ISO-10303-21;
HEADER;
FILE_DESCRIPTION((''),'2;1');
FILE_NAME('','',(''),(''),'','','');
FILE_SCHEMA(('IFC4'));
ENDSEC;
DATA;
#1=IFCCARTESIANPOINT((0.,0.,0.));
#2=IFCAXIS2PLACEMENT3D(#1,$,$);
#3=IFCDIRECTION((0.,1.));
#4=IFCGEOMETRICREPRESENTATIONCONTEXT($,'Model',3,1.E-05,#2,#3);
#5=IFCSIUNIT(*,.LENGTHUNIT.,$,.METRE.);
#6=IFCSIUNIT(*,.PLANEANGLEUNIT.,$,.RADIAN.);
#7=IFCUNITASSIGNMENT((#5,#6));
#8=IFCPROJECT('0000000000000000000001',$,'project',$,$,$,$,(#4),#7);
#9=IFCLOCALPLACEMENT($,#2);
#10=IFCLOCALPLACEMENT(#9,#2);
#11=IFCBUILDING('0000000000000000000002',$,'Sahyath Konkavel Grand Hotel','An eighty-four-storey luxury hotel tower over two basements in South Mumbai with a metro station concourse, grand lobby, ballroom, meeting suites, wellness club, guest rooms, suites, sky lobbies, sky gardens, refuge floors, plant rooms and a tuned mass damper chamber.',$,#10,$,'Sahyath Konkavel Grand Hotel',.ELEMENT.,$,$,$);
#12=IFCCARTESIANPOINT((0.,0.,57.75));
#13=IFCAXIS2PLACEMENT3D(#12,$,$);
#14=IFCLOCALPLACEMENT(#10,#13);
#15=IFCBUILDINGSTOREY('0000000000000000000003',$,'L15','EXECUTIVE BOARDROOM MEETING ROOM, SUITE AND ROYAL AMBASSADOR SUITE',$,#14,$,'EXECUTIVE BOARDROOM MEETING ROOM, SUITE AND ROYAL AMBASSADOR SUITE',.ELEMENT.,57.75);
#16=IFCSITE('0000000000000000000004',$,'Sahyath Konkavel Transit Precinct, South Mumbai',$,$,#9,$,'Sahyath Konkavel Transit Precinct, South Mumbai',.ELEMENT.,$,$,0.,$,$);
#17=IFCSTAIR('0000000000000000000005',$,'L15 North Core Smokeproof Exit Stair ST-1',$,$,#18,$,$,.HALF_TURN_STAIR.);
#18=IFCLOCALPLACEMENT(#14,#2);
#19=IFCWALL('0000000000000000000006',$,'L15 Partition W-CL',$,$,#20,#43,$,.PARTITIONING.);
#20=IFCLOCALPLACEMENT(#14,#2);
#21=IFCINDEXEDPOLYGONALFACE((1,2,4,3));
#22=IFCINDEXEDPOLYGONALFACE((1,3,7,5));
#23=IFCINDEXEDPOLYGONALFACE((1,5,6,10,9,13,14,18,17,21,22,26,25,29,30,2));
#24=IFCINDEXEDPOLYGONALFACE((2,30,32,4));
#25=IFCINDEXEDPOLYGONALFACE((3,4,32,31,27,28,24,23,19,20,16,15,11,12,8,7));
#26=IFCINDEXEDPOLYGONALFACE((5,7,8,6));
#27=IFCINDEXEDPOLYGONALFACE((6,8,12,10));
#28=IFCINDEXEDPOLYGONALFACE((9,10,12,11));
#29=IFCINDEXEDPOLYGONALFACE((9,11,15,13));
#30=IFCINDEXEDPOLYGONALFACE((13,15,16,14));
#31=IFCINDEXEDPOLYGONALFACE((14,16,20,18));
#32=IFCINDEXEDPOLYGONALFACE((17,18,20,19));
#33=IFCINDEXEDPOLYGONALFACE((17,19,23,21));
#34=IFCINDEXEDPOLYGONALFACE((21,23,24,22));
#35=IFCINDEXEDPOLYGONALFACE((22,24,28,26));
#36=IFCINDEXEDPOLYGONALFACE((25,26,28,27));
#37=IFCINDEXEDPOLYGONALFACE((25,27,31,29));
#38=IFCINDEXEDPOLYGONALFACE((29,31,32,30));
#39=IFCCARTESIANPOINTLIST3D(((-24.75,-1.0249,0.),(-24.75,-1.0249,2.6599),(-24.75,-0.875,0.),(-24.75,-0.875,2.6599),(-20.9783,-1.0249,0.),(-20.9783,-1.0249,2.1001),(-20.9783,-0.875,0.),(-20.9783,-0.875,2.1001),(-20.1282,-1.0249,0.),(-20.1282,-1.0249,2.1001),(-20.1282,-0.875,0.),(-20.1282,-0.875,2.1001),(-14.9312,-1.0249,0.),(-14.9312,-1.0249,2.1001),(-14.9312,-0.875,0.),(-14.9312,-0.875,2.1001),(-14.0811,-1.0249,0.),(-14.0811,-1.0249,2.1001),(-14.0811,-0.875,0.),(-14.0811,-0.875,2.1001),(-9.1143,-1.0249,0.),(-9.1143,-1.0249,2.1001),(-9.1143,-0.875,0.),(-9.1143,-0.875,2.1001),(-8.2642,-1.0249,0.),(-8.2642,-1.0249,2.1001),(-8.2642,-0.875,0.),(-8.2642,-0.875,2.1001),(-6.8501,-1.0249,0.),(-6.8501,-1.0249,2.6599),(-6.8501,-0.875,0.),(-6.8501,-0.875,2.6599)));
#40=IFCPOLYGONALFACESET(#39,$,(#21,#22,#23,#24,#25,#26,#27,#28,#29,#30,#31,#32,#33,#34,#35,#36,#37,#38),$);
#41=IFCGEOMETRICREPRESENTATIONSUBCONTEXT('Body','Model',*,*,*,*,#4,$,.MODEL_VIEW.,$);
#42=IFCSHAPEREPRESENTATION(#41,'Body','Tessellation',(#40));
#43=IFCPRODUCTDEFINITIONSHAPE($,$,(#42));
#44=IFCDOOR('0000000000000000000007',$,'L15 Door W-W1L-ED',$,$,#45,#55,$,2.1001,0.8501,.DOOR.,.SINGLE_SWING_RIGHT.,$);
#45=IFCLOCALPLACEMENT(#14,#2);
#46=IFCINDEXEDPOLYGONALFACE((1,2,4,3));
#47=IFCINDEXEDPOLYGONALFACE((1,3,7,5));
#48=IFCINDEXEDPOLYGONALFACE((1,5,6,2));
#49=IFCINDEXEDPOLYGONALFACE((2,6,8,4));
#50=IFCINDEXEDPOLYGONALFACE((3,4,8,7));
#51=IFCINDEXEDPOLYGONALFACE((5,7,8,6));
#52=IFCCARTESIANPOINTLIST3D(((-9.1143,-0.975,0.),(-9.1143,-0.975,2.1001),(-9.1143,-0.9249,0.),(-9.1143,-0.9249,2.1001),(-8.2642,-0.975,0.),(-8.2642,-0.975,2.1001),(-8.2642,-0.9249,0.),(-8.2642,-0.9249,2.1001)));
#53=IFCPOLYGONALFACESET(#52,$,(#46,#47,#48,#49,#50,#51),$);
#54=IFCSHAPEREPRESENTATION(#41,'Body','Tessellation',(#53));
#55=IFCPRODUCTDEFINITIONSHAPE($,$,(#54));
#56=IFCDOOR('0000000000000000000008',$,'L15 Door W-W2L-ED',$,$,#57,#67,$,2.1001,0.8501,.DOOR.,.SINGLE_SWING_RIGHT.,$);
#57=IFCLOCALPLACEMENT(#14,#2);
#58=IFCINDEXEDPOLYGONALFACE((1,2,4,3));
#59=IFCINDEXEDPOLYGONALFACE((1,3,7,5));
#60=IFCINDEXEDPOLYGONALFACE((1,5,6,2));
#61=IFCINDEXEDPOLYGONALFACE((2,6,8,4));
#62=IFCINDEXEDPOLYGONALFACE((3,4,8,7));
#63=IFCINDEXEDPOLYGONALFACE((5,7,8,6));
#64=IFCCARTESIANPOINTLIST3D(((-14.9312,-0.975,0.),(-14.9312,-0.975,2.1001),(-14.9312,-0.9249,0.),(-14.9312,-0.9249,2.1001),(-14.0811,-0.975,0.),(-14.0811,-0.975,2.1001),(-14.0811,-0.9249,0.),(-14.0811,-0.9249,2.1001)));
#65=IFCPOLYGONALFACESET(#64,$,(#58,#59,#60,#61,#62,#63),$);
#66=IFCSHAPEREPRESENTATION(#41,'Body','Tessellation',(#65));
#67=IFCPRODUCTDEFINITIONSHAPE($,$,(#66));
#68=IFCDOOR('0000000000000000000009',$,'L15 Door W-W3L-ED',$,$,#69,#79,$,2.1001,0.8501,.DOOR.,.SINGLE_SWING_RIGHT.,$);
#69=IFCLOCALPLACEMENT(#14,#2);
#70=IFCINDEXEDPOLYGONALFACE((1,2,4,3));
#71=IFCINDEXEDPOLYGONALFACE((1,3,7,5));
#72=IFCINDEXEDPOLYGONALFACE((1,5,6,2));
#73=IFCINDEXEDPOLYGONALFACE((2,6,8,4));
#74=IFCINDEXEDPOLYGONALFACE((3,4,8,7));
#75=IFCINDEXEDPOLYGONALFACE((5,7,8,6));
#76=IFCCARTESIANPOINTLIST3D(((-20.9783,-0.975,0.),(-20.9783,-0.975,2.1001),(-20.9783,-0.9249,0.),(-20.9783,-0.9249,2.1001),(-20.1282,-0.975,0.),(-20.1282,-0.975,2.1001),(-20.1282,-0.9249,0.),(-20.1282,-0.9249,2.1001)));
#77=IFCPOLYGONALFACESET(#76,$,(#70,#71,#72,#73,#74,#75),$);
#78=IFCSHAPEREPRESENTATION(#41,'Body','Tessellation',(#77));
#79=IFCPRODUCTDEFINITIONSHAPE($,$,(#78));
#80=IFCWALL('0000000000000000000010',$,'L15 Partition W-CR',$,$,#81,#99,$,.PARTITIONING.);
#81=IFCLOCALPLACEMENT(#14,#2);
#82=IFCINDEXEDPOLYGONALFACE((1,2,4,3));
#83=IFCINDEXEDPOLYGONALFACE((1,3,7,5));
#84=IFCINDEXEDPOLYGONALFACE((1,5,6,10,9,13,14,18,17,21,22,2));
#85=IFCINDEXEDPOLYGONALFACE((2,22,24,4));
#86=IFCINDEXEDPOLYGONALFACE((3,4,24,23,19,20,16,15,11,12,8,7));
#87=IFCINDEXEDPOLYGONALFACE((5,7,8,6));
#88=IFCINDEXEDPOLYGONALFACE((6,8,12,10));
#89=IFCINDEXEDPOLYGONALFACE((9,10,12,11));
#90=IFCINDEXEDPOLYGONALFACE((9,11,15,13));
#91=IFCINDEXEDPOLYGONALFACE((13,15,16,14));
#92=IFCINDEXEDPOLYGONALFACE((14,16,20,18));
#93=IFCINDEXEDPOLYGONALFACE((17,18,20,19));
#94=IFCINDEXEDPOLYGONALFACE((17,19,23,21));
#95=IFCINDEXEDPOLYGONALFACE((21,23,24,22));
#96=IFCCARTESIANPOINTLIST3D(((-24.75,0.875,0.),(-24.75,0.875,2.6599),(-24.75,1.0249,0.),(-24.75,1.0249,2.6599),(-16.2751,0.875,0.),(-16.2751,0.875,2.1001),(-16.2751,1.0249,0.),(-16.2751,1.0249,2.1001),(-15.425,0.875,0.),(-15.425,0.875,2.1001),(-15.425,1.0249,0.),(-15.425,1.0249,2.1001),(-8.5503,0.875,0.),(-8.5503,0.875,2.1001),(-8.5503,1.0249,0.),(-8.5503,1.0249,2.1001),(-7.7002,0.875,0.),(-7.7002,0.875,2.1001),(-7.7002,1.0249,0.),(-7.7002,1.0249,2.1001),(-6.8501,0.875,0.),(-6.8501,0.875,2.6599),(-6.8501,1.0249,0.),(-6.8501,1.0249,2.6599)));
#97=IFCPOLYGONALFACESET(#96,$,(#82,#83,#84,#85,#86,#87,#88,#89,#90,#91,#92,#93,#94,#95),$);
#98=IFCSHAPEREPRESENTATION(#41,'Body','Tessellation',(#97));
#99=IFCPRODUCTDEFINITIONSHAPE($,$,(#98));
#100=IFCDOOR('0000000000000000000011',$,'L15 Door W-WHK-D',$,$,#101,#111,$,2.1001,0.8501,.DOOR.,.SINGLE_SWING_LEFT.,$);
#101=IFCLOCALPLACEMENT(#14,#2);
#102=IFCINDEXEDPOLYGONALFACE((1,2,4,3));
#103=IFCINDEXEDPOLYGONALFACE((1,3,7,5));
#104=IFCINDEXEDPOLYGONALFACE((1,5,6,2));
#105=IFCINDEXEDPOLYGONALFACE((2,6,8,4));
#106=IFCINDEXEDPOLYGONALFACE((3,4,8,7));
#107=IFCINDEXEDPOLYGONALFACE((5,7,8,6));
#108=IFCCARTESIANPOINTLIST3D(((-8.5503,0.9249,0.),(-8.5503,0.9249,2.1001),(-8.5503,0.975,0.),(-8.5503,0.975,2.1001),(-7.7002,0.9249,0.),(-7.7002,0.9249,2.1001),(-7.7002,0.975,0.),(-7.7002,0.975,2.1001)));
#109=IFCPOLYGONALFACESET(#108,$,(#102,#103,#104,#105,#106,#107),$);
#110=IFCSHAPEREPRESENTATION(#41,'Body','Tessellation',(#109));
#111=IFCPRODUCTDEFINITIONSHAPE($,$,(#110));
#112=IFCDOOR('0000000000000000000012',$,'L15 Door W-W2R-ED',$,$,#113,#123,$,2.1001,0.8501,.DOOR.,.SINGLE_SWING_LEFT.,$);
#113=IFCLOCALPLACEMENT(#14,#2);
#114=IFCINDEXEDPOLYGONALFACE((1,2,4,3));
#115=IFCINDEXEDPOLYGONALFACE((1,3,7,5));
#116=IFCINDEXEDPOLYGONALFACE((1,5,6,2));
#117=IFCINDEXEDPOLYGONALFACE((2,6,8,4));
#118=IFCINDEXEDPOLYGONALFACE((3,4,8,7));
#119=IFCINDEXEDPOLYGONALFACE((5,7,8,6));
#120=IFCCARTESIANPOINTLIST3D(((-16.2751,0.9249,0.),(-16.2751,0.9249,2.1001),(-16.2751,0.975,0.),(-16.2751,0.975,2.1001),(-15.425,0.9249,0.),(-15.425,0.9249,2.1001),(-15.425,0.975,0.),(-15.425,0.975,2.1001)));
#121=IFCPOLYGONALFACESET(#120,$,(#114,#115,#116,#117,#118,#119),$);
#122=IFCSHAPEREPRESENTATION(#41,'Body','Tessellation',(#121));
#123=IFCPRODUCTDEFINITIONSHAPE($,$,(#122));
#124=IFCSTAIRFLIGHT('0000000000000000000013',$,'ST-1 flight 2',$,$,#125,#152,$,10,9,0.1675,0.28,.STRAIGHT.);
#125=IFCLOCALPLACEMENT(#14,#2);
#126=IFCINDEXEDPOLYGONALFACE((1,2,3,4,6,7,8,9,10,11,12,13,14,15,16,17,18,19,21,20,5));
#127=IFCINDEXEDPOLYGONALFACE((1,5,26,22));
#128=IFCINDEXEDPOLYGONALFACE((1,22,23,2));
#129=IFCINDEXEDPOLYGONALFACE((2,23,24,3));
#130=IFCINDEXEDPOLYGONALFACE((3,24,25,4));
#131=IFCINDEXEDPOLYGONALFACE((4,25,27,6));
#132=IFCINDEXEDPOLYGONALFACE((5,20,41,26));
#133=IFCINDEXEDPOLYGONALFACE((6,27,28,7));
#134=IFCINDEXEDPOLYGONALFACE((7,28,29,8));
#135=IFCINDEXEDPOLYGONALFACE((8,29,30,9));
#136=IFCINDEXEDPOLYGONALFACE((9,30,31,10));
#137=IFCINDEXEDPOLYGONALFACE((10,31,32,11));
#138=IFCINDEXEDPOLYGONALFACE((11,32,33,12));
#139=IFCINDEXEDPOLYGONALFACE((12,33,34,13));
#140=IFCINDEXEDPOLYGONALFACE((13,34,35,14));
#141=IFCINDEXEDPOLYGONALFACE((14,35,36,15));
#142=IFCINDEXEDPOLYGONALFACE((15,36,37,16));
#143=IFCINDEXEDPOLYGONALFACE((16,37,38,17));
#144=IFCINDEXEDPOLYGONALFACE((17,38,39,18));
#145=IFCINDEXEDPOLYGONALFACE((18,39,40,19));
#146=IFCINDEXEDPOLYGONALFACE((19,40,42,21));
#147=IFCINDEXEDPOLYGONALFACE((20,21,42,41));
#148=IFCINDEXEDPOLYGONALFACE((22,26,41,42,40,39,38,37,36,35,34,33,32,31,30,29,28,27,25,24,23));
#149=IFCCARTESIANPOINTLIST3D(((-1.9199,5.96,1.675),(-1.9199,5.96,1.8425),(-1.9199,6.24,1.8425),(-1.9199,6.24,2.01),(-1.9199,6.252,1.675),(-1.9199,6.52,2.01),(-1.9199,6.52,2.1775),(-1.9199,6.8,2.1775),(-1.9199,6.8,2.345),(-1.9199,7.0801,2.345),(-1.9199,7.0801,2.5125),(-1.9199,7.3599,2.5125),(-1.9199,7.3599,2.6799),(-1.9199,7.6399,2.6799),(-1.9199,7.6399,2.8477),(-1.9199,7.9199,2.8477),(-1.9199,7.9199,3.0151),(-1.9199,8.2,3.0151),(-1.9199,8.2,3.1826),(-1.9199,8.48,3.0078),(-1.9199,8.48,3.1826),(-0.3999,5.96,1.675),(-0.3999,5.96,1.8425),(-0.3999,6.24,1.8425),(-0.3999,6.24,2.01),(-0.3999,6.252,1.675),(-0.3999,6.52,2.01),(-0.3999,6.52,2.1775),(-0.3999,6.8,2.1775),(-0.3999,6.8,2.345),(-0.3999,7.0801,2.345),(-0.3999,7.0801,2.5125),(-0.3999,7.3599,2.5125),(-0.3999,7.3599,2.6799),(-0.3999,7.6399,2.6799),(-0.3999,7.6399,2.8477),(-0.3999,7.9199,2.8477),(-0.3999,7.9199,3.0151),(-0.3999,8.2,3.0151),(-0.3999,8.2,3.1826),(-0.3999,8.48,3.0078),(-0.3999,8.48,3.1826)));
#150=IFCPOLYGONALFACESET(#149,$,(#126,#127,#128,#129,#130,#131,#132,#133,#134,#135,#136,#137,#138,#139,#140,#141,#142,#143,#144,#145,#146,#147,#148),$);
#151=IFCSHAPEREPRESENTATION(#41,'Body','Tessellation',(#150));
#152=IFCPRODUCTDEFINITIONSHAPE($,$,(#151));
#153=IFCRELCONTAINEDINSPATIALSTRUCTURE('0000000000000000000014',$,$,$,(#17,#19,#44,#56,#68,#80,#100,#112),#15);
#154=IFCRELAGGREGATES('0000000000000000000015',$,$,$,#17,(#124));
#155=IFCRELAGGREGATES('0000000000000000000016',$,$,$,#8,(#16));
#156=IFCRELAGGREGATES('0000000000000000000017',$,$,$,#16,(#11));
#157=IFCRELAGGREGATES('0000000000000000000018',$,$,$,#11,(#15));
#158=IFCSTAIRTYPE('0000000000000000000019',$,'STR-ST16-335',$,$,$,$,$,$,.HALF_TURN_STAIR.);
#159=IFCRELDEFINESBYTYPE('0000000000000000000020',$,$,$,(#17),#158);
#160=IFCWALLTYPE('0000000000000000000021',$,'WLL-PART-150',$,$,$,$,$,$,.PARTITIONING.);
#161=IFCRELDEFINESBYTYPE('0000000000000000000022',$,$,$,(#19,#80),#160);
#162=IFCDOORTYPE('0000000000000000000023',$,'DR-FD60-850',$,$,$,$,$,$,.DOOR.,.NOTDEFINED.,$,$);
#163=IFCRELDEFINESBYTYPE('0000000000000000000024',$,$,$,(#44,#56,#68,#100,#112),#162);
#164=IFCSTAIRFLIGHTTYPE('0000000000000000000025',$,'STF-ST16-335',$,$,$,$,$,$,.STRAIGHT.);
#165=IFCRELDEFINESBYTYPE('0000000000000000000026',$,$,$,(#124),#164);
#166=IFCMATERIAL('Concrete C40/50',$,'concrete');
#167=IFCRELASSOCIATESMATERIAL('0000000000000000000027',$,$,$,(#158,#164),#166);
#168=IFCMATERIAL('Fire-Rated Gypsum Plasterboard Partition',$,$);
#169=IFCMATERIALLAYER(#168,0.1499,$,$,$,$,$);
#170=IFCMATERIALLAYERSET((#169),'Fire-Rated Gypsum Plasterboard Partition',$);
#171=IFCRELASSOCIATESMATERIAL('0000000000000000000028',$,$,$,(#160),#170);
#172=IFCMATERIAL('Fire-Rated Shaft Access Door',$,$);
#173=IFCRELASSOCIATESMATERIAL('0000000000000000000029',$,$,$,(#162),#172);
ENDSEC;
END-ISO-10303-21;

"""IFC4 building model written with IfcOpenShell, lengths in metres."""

from ifc_helpers import new_model, si_unit, direction, frame, frame_2d, origin, origin_2d, place, context, subcontext, project, spatial, polyline, rectangle, outline, extrude, source, transform, mapped, material, layer, layer_set, type_object, element, fill, aggregate, save


model = new_model("IFC4")

# Units and contexts
model_context = context("Model", 3, precision=1e-05, world=origin(), true_north=direction((0.0, 1.0)))
body_context = subcontext(model_context, "Body", "Model", "MODEL_VIEW")
ifc_project = project(units=[si_unit("LENGTHUNIT", "METRE"), si_unit("PLANEANGLEUNIT", "RADIAN")], contexts=[model_context])

# Site, building, storey
site_placement = place(None, origin())
site = spatial("IfcSite", under=ifc_project, at=site_placement, Name="Sahyath Konkavel Transit Precinct, South Mumbai", LongName="Sahyath Konkavel Transit Precinct, South Mumbai", CompositionType="ELEMENT", RefElevation=0.0)
building_placement = place(site_placement, origin())
building = spatial("IfcBuilding", under=site, at=building_placement, Name="Sahyath Konkavel Grand Hotel", Description="An eighty-four-storey luxury hotel tower over two basements in South Mumbai with a metro station concourse, grand lobby, ballroom, meeting suites, wellness club, guest rooms, suites, sky lobbies, sky gardens, refuge floors, plant rooms and a tuned mass damper chamber.", LongName="Sahyath Konkavel Grand Hotel", CompositionType="ELEMENT")
storey_placement = place(building_placement, frame((0.0, 0.0, 57.75)))
storey = spatial("IfcBuildingStorey", under=building, at=storey_placement, Name="L15", Description="EXECUTIVE BOARDROOM MEETING ROOM, SUITE AND ROYAL AMBASSADOR SUITE", LongName="EXECUTIVE BOARDROOM MEETING ROOM, SUITE AND ROYAL AMBASSADOR SUITE", CompositionType="ELEMENT", Elevation=57.75)

# Shared definitions
ifc_material_1 = material(Name="Concrete C40/50", Category="concrete")

# Stair
stair_type = type_object("IfcStairType", Name="STR-ST16-335", PredefinedType="HALF_TURN_STAIR", material=ifc_material_1)
stair_1_placement = place(storey_placement, origin())
stair_1 = element("IfcStair", 1, at=stair_1_placement, inside=storey, type_object=stair_type, Name="L15 North Core Smokeproof Exit Stair ST-1", PredefinedType="HALF_TURN_STAIR")

# Shared definitions
ifc_material_2 = material(Name="Fire-Rated Gypsum Plasterboard Partition")
ifc_layer_1 = layer(ifc_material_2, 0.1499)
ifc_layer_set_1 = layer_set([ifc_layer_1], Name="Fire-Rated Gypsum Plasterboard Partition")
wall_type_1 = type_object("IfcWallType", Name="WLL-PART-150", PredefinedType="PARTITIONING", material=ifc_layer_set_1)
ifc_material_3 = material(Name="Fire-Rated Shaft Access Door")
door_type = type_object("IfcDoorType", Name="DR-FD60-850", OperationType="NOTDEFINED", PredefinedType="DOOR", material=ifc_material_3)
shared_shape_1 = source(origin(), body_context, "Body", "SweptSolid", [
    extrude(rectangle(XDim=0.8501, YDim=0.05, at=origin_2d()), origin(), (0.0, 0.0, 1.0), 2.1001),
])

# Walls, openings, doors
wall_1_placement = place(storey_placement, frame((-6.8501, -0.95, 0.0), z_axis=(0.0, 0.0, 1.0), x_axis=(-1.0, 0.0, 0.0)))
wall_1 = element("IfcWall", 2, at=wall_1_placement, inside=storey, type_object=wall_type_1, Name="L15 Partition W-CL", PredefinedType="PARTITIONING", context=body_context, shape_type="SweptSolid", body=[
    extrude(rectangle(XDim=17.8999, YDim=0.1499, at=frame_2d((8.95, 0.0))), origin(), (0.0, 0.0, 1.0), 2.6599),
])
opening_1_placement = place(wall_1_placement, frame((1.4141, 0.0, 0.0)))
opening_1 = element("IfcOpeningElement", 3, at=opening_1_placement, cuts=wall_1, PredefinedType="OPENING", context=body_context, shape_type="SweptSolid", body=[
    extrude(rectangle(XDim=0.8501, YDim=2.1001, at=frame_2d((0.425, 1.05))), frame((0.0, 0.085, 0.0), z_axis=(0.0, -1.0, 0.0), x_axis=(1.0, 0.0, 0.0)), (0.0, 0.0, 1.0), 0.1699),
])
opening_2_placement = place(wall_1_placement, frame((7.231, 0.0, 0.0)))
opening_2 = element("IfcOpeningElement", 4, at=opening_2_placement, cuts=wall_1, PredefinedType="OPENING", context=body_context, shape_type="SweptSolid", body=[
    extrude(rectangle(XDim=0.8501, YDim=2.1001, at=frame_2d((0.425, 1.05))), frame((0.0, 0.085, 0.0), z_axis=(0.0, -1.0, 0.0), x_axis=(1.0, 0.0, 0.0)), (0.0, 0.0, 1.0), 0.1699),
])
opening_3_placement = place(wall_1_placement, frame((13.2781, 0.0, 0.0)))
opening_3 = element("IfcOpeningElement", 5, at=opening_3_placement, cuts=wall_1, PredefinedType="OPENING", context=body_context, shape_type="SweptSolid", body=[
    extrude(rectangle(XDim=0.8501, YDim=2.1001, at=frame_2d((0.425, 1.05))), frame((0.0, 0.085, 0.0), z_axis=(0.0, -1.0, 0.0), x_axis=(1.0, 0.0, 0.0)), (0.0, 0.0, 1.0), 0.1699),
])
door_1_placement = place(opening_1_placement, frame((0.425, 0.0, 0.0)))
door_1 = element("IfcDoor", 6, at=door_1_placement, inside=storey, type_object=door_type, Name="L15 Door W-W1L-ED", OperationType="SINGLE_SWING_RIGHT", OverallHeight=2.1001, OverallWidth=0.8501, PredefinedType="DOOR", context=body_context, shape_type="MappedRepresentation", body=[
    mapped(shared_shape_1, transform((0.0, 0.0, 0.0), scale=1.0)),
])
fill(opening_1, door_1)
door_2_placement = place(opening_2_placement, frame((0.425, 0.0, 0.0)))
door_2 = element("IfcDoor", 7, at=door_2_placement, inside=storey, type_object=door_type, Name="L15 Door W-W2L-ED", OperationType="SINGLE_SWING_RIGHT", OverallHeight=2.1001, OverallWidth=0.8501, PredefinedType="DOOR", context=body_context, shape_type="MappedRepresentation", body=[
    mapped(shared_shape_1, transform((0.0, 0.0, 0.0), scale=1.0)),
])
fill(opening_2, door_2)
door_3_placement = place(opening_3_placement, frame((0.425, 0.0, 0.0)))
door_3 = element("IfcDoor", 8, at=door_3_placement, inside=storey, type_object=door_type, Name="L15 Door W-W3L-ED", OperationType="SINGLE_SWING_RIGHT", OverallHeight=2.1001, OverallWidth=0.8501, PredefinedType="DOOR", context=body_context, shape_type="MappedRepresentation", body=[
    mapped(shared_shape_1, transform((0.0, 0.0, 0.0), scale=1.0)),
])
fill(opening_3, door_3)
wall_2_placement = place(storey_placement, frame((-6.8501, 0.95, 0.0), z_axis=(0.0, 0.0, 1.0), x_axis=(-1.0, 0.0, 0.0)))
wall_2 = element("IfcWall", 9, at=wall_2_placement, inside=storey, type_object=wall_type_1, Name="L15 Partition W-CR", PredefinedType="PARTITIONING", context=body_context, shape_type="SweptSolid", body=[
    extrude(rectangle(XDim=17.8999, YDim=0.1499, at=frame_2d((8.95, 0.0))), origin(), (0.0, 0.0, 1.0), 2.6599),
])
opening_4_placement = place(wall_2_placement, frame((0.8501, 0.0, 0.0)))
opening_4 = element("IfcOpeningElement", 10, at=opening_4_placement, cuts=wall_2, PredefinedType="OPENING", context=body_context, shape_type="SweptSolid", body=[
    extrude(rectangle(XDim=0.8501, YDim=2.1001, at=frame_2d((0.425, 1.05))), frame((0.0, 0.085, 0.0), z_axis=(0.0, -1.0, 0.0), x_axis=(1.0, 0.0, 0.0)), (0.0, 0.0, 1.0), 0.1699),
])
opening_5_placement = place(wall_2_placement, frame((8.575, 0.0, 0.0)))
opening_5 = element("IfcOpeningElement", 11, at=opening_5_placement, cuts=wall_2, PredefinedType="OPENING", context=body_context, shape_type="SweptSolid", body=[
    extrude(rectangle(XDim=0.8501, YDim=2.1001, at=frame_2d((0.425, 1.05))), frame((0.0, 0.085, 0.0), z_axis=(0.0, -1.0, 0.0), x_axis=(1.0, 0.0, 0.0)), (0.0, 0.0, 1.0), 0.1699),
])
door_4_placement = place(opening_4_placement, frame((0.425, 0.0, 0.0)))
door_4 = element("IfcDoor", 12, at=door_4_placement, inside=storey, type_object=door_type, Name="L15 Door W-WHK-D", OperationType="SINGLE_SWING_LEFT", OverallHeight=2.1001, OverallWidth=0.8501, PredefinedType="DOOR", context=body_context, shape_type="MappedRepresentation", body=[
    mapped(shared_shape_1, transform((0.0, 0.0, 0.0), scale=1.0)),
])
fill(opening_4, door_4)
door_5_placement = place(opening_5_placement, frame((0.425, 0.0, 0.0)))
door_5 = element("IfcDoor", 13, at=door_5_placement, inside=storey, type_object=door_type, Name="L15 Door W-W2R-ED", OperationType="SINGLE_SWING_LEFT", OverallHeight=2.1001, OverallWidth=0.8501, PredefinedType="DOOR", context=body_context, shape_type="MappedRepresentation", body=[
    mapped(shared_shape_1, transform((0.0, 0.0, 0.0), scale=1.0)),
])
fill(opening_5, door_5)

# Stair flight
stair_flight_type = type_object("IfcStairFlightType", Name="STF-ST16-335", PredefinedType="STRAIGHT", material=ifc_material_1)
stair_flight_placement = place(storey_placement, frame((-1.1599, 5.96, 1.675), z_axis=(0.0, 0.0, 1.0), x_axis=(0.0, 1.0, 0.0)))
stair_flight = element("IfcStairFlight", 14, at=stair_flight_placement, type_object=stair_flight_type, Name="ST-1 flight 2", NumberOfRisers=10, NumberOfTreads=9, PredefinedType="STRAIGHT", RiserHeight=0.1675, TreadLength=0.28, context=body_context, shape_type="SweptSolid", body=[
    extrude(outline(polyline([(0.0, 0.0), (0.0, 0.1675), (0.28, 0.1675), (0.28, 0.335), (0.5601, 0.335), (0.5601, 0.5024), (0.8401, 0.5024), (0.8401, 0.6699), (1.1201, 0.6699), (1.1201, 0.8374), (1.3999, 0.8374), (1.3999, 1.0049), (1.6799, 1.0049), (1.6799, 1.1726), (1.96, 1.1726), (1.96, 1.3401), (2.24, 1.3401), (2.24, 1.5076), (2.52, 1.5076), (2.52, 1.675), (2.52, 1.3328), (0.292, 0.0), (0.0, 0.0)])), frame((0.0, 0.76, 0.0), z_axis=(0.0, -1.0, 0.0), x_axis=(1.0, 0.0, 0.0)), (0.0, 0.0, 1.0), 1.52),
])
aggregate(stair_1, [stair_flight])

save(model, "model.ifc")
